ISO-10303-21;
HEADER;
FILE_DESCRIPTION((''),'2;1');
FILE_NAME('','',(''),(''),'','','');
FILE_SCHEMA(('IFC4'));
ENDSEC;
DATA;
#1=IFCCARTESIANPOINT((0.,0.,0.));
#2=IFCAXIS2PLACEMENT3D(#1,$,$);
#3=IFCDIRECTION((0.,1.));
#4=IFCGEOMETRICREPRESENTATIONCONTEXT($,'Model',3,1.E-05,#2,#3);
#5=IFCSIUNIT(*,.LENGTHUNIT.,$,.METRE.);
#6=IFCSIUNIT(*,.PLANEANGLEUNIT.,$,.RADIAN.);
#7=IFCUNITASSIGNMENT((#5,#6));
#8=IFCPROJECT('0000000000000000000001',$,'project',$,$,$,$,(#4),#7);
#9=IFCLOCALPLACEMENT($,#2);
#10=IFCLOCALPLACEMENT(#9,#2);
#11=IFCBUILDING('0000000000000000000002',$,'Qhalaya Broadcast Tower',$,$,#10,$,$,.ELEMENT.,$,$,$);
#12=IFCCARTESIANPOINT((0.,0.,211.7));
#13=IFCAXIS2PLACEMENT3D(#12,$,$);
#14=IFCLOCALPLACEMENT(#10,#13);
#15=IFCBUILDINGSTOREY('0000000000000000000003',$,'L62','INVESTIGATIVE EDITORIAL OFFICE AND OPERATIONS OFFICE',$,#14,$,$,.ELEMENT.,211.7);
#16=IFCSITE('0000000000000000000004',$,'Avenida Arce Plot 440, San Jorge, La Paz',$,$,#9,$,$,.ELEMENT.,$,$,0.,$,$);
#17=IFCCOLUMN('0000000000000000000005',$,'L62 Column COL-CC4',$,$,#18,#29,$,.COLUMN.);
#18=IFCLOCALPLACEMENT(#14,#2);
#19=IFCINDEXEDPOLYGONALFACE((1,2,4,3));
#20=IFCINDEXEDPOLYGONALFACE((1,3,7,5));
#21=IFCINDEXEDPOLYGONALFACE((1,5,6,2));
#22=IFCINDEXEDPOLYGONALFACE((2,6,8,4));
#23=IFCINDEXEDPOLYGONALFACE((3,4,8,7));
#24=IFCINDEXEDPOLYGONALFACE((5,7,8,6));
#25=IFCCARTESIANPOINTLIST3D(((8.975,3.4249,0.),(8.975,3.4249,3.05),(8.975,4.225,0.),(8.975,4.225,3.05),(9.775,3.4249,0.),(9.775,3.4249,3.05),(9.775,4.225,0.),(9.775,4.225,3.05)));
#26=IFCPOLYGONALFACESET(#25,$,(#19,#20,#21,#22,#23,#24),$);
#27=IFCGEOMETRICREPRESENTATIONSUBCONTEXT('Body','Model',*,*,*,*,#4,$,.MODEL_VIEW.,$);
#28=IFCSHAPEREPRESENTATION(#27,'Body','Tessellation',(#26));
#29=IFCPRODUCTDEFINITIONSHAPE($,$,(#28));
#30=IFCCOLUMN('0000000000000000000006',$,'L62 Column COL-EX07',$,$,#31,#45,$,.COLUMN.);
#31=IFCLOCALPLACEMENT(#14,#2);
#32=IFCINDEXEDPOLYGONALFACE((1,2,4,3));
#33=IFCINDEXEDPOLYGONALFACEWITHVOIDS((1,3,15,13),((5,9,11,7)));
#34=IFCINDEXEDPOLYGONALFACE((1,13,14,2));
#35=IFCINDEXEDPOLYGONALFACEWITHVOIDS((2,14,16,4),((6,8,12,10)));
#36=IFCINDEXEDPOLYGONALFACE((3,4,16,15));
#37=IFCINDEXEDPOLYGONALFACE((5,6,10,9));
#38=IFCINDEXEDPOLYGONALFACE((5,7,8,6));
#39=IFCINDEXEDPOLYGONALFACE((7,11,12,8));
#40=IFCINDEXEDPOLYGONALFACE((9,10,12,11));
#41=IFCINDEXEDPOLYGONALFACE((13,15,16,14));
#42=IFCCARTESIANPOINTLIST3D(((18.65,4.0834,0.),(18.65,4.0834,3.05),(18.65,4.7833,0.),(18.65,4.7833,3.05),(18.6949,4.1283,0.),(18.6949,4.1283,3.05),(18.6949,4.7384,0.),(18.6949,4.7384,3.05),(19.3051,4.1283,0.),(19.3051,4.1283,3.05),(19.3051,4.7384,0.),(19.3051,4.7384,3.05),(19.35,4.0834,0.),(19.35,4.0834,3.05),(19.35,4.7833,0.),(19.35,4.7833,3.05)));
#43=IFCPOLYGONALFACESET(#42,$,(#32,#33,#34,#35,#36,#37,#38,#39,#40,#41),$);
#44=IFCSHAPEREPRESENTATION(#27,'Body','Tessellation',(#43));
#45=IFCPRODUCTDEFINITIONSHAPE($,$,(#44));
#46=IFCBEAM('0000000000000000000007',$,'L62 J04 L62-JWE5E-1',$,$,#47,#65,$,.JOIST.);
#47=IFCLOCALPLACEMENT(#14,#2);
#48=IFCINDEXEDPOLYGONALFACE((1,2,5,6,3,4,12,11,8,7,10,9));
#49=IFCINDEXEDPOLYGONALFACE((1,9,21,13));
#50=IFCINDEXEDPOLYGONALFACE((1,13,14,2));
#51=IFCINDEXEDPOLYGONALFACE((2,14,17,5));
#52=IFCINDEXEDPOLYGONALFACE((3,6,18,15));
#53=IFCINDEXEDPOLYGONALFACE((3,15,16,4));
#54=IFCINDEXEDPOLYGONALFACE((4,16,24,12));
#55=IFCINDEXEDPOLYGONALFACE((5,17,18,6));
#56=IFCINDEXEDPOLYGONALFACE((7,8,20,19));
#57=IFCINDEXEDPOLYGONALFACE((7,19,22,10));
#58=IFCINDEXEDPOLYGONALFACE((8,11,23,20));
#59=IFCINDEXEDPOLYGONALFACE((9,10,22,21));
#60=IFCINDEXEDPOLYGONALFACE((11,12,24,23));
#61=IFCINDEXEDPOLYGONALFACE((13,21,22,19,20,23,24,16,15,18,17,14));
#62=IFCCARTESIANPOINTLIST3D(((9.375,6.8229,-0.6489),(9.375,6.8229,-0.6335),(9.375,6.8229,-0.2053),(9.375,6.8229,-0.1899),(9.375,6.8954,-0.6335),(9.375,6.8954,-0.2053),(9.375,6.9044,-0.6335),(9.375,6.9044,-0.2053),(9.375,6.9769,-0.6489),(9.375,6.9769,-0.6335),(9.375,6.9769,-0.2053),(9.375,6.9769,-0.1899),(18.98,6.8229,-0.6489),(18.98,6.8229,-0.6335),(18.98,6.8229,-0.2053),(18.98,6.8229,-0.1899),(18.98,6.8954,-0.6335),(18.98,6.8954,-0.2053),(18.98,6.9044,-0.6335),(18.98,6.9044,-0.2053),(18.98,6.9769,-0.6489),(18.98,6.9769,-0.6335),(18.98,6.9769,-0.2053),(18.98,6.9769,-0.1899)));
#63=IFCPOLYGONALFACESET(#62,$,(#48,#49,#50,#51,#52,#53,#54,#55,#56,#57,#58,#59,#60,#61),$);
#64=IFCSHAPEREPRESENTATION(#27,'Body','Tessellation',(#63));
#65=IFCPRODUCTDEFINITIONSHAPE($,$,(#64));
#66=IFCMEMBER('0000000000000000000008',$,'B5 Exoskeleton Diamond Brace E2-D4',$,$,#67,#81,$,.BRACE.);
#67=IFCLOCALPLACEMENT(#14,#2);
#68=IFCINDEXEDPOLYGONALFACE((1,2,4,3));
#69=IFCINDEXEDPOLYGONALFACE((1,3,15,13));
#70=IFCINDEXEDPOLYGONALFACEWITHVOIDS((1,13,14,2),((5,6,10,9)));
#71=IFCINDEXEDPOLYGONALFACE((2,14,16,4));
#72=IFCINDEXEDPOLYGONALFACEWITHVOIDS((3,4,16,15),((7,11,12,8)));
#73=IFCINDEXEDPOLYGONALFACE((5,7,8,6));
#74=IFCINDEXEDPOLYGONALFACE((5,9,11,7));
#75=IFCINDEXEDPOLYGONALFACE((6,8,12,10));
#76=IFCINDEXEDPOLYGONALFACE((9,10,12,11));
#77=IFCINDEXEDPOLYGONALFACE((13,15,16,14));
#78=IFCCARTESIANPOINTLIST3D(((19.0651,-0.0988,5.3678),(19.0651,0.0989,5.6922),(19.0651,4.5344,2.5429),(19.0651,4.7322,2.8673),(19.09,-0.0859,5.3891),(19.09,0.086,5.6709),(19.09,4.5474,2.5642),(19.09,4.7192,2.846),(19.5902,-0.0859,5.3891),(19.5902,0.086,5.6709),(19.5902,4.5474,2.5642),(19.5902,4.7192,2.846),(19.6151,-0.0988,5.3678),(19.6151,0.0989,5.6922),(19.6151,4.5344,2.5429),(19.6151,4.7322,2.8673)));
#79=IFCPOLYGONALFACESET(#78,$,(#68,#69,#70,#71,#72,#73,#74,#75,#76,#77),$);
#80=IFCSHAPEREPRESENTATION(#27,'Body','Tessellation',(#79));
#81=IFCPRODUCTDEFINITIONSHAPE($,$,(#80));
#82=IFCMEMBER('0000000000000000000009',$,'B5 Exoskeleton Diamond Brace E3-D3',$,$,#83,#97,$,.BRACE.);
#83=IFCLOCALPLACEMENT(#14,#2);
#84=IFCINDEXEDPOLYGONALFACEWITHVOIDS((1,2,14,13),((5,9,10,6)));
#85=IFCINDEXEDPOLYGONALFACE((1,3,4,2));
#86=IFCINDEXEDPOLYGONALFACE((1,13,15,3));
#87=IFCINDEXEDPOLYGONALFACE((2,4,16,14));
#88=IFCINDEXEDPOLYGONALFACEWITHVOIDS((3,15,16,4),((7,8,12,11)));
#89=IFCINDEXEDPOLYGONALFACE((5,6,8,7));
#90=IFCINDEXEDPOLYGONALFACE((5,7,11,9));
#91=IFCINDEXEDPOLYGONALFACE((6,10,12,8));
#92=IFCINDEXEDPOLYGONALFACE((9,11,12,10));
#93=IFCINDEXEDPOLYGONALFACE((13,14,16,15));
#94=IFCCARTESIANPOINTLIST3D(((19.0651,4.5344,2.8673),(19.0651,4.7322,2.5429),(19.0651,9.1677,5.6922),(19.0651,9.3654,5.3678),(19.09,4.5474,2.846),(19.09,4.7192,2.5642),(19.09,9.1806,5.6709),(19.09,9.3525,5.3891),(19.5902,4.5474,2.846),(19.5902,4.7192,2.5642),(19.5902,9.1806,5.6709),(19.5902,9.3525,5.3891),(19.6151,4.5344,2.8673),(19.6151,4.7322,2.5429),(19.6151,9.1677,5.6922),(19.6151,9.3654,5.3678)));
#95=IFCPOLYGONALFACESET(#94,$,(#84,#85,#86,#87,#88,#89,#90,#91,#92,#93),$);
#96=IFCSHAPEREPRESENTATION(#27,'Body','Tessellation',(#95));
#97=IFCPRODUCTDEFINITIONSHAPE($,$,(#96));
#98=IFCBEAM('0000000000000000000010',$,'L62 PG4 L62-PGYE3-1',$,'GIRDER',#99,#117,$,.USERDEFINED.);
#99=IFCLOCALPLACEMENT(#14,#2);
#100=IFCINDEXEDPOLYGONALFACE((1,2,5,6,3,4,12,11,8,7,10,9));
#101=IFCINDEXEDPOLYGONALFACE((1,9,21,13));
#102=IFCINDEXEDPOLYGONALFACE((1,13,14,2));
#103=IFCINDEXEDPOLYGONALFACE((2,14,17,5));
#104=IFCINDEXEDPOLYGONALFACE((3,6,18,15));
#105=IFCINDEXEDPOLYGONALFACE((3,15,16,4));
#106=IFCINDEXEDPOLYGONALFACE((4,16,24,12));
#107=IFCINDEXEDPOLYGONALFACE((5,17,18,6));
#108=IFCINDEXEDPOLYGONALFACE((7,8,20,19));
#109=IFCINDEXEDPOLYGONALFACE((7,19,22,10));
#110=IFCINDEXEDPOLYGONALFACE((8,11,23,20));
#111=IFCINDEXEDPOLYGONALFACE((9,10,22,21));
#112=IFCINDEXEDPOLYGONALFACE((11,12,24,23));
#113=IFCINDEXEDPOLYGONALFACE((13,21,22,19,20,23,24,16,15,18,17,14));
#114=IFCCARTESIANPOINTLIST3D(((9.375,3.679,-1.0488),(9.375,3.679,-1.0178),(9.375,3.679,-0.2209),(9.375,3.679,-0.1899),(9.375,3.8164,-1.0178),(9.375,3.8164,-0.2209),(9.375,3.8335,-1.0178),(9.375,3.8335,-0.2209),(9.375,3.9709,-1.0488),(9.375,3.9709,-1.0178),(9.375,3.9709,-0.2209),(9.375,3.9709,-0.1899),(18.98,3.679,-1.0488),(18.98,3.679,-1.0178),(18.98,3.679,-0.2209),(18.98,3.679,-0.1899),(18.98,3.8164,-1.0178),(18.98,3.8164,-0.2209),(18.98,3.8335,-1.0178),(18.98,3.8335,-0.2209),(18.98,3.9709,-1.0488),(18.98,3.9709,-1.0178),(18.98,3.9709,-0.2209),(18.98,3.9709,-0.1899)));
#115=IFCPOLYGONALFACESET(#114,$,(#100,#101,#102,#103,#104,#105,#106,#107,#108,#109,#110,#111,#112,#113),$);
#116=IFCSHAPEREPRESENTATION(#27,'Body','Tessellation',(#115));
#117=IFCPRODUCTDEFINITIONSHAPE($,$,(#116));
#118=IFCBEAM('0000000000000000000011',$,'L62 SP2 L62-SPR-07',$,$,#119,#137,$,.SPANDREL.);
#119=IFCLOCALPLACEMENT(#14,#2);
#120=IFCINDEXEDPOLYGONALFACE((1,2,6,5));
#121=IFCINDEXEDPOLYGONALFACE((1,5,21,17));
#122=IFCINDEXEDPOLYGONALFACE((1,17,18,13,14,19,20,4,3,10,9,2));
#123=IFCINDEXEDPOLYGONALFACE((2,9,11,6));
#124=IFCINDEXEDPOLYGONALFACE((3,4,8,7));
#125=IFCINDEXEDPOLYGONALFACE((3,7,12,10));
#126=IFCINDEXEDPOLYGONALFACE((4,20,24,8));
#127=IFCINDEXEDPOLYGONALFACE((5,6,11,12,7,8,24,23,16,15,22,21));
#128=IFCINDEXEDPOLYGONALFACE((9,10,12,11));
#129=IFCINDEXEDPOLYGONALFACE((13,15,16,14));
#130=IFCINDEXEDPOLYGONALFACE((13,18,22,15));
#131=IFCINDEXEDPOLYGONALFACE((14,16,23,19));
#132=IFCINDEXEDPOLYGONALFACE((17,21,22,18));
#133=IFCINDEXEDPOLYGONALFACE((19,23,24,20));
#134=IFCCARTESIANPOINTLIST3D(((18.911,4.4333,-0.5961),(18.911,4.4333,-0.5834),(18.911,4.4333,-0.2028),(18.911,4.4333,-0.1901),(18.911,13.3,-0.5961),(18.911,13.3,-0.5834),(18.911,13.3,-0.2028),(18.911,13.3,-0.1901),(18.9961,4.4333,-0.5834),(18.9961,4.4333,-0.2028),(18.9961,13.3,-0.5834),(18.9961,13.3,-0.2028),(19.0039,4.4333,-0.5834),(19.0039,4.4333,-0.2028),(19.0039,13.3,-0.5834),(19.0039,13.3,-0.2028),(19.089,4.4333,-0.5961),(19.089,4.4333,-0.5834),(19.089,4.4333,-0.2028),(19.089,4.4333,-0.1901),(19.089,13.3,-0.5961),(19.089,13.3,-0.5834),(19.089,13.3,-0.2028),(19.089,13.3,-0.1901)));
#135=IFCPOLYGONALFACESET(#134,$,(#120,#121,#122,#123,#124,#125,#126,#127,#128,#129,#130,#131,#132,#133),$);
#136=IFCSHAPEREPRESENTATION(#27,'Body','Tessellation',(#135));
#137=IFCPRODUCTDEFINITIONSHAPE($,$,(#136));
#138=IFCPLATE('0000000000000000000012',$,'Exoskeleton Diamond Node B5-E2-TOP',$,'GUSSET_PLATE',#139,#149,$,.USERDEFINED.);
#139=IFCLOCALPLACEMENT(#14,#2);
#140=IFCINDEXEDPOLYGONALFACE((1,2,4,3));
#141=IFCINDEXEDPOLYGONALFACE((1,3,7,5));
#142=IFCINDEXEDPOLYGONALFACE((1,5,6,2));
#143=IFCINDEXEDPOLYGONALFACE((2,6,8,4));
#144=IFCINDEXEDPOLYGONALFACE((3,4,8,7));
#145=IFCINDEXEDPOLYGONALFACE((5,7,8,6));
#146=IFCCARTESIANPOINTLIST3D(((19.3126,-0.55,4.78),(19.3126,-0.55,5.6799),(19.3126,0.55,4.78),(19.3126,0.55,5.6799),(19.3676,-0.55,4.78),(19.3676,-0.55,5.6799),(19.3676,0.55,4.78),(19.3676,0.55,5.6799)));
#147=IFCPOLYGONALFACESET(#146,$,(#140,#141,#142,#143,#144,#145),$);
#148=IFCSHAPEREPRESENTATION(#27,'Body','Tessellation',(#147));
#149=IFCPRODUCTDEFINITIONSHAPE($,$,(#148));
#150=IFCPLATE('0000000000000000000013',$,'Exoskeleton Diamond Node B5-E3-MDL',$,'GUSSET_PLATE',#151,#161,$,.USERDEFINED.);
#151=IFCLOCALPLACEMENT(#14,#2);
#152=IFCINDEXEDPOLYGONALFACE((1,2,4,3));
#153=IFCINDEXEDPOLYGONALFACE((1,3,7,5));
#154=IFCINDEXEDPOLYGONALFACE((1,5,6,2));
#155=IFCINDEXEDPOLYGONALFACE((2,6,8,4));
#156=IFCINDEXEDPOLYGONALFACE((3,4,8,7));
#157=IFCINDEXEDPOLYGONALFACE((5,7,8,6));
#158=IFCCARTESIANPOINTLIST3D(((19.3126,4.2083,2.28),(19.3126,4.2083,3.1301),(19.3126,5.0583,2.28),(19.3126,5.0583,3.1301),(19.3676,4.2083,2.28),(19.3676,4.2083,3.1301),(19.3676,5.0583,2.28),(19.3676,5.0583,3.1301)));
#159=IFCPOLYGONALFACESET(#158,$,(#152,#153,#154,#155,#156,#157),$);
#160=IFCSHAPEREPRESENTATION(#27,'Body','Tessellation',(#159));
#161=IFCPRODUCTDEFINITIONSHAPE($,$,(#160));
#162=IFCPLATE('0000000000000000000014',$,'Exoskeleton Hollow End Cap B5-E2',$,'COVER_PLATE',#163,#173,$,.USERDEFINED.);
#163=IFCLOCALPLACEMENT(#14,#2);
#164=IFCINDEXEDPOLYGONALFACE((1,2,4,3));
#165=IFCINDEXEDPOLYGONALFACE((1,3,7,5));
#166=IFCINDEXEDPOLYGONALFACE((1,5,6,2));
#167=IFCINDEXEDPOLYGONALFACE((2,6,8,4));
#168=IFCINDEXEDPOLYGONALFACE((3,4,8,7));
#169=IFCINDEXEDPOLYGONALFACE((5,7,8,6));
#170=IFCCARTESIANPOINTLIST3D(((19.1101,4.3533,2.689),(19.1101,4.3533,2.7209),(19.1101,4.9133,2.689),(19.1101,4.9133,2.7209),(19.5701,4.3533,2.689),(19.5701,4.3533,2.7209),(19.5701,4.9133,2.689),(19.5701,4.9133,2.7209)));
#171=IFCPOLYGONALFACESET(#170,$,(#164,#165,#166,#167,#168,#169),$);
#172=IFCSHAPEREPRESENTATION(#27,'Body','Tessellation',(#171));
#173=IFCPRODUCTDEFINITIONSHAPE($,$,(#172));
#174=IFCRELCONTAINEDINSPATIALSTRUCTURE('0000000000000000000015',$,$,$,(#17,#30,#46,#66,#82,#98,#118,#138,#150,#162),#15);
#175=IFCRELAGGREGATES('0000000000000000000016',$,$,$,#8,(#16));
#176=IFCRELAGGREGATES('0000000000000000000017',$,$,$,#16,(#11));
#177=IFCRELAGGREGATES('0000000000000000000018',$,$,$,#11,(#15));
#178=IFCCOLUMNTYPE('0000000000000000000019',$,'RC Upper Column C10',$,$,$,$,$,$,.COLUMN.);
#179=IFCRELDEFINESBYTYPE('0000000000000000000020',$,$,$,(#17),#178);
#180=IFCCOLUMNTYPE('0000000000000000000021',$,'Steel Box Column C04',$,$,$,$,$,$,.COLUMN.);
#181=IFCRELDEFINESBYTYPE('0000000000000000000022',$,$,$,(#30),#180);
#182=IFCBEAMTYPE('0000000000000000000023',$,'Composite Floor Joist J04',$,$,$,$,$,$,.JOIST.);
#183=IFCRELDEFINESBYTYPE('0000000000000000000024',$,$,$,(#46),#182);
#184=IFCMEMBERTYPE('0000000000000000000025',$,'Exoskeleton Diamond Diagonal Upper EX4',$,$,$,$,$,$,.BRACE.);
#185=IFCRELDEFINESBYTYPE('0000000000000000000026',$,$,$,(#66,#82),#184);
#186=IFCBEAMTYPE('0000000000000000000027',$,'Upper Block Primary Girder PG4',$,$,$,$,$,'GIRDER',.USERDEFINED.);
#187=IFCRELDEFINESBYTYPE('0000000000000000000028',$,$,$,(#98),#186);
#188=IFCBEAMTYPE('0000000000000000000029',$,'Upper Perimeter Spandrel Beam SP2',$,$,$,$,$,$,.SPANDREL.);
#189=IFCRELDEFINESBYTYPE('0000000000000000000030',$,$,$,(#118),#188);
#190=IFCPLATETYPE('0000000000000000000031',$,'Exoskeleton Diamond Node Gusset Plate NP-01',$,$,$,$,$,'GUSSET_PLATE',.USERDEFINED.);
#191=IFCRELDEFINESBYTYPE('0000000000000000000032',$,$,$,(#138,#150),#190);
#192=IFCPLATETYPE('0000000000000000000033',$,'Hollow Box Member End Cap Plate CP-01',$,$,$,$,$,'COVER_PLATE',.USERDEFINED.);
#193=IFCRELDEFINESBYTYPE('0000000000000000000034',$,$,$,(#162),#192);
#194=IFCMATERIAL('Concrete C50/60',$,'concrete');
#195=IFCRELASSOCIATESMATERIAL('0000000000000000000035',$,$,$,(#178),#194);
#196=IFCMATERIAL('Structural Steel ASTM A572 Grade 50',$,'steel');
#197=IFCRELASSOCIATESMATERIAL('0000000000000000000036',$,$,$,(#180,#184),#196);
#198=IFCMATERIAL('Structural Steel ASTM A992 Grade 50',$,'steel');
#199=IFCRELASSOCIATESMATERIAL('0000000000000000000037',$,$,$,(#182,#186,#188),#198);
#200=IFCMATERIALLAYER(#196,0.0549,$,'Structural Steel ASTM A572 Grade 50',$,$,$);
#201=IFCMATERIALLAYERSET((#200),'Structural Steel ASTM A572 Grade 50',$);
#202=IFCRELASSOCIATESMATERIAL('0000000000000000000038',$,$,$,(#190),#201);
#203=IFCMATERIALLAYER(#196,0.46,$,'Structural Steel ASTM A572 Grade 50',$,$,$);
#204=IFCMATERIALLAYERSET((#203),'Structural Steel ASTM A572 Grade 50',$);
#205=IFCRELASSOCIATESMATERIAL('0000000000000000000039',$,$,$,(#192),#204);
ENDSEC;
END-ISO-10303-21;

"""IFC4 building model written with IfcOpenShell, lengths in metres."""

from ifc_helpers import new_model, si_unit, direction, frame, origin, origin_2d, place, context, subcontext, project, spatial, rectangle, hollow_rectangle, i_section, extrude, material, layer, layer_set, material_profile, profile_set, type_object, element, save


model = new_model("IFC4")

# Units and contexts
model_context = context("Model", 3, precision=1e-05, world=origin(), true_north=direction((0.0, 1.0)))
body_context = subcontext(model_context, "Body", "Model", "MODEL_VIEW")
ifc_project = project(units=[si_unit("LENGTHUNIT", "METRE"), si_unit("PLANEANGLEUNIT", "RADIAN")], contexts=[model_context])

# Site, building, storey
site_placement = place(None, origin())
site = spatial("IfcSite", under=ifc_project, at=site_placement, Name="Avenida Arce Plot 440, San Jorge, La Paz", CompositionType="ELEMENT", RefElevation=0.0)
building_placement = place(site_placement, origin())
building = spatial("IfcBuilding", under=site, at=building_placement, Name="Qhalaya Broadcast Tower", CompositionType="ELEMENT")
storey_placement = place(building_placement, frame((0.0, 0.0, 211.7)))
storey = spatial("IfcBuildingStorey", under=building, at=storey_placement, Name="L62", Description="INVESTIGATIVE EDITORIAL OFFICE AND OPERATIONS OFFICE", CompositionType="ELEMENT", Elevation=211.7)

# Columns
ifc_material_1 = material(Name="Concrete C50/60", Category="concrete")
ifc_material_profile_1 = material_profile(ifc_material_1, rectangle(XDim=0.8, YDim=0.8, at=origin_2d()), Name="RC-COL 800x800")
ifc_profile_set_1 = profile_set([ifc_material_profile_1], Name="Concrete C50/60")
column_type_1 = type_object("IfcColumnType", Name="RC Upper Column C10", PredefinedType="COLUMN", material=ifc_profile_set_1)
column_1_placement = place(storey_placement, frame((9.375, 3.825, 0.0), z_axis=(0.0, 0.0, 1.0), x_axis=(1.0, 0.0, 0.0)))
element("IfcColumn", 1, at=column_1_placement, inside=storey, type_object=column_type_1, Name="L62 Column COL-CC4", PredefinedType="COLUMN", context=body_context, shape_type="SweptSolid", body=[
    extrude(rectangle(XDim=0.8, YDim=0.8, at=origin_2d()), origin(), (0.0, 0.0, 1.0), 3.05),
])
ifc_material_2 = material(Name="Structural Steel ASTM A572 Grade 50", Category="steel")
ifc_material_profile_2 = material_profile(ifc_material_2, hollow_rectangle(XDim=0.7, YDim=0.7, WallThickness=0.0449, at=origin_2d()), Name="BOX 700x700x45")
ifc_profile_set_2 = profile_set([ifc_material_profile_2], Name="Structural Steel ASTM A572 Grade 50")
column_type_2 = type_object("IfcColumnType", Name="Steel Box Column C04", PredefinedType="COLUMN", material=ifc_profile_set_2)
column_2_placement = place(storey_placement, frame((19.0, 4.4333, 0.0), z_axis=(0.0, 0.0, 1.0), x_axis=(0.0, 1.0, 0.0)))
element("IfcColumn", 2, at=column_2_placement, inside=storey, type_object=column_type_2, Name="L62 Column COL-EX07", PredefinedType="COLUMN", context=body_context, shape_type="SweptSolid", body=[
    extrude(hollow_rectangle(XDim=0.7, YDim=0.7, WallThickness=0.0449, at=origin_2d()), origin(), (0.0, 0.0, 1.0), 3.05),
])

# Beam
ifc_material_3 = material(Name="Structural Steel ASTM A992 Grade 50", Category="steel")
ifc_material_profile_3 = material_profile(ifc_material_3, i_section(OverallWidth=0.1541, OverallDepth=0.459, WebThickness=0.009, FlangeThickness=0.0154, at=origin_2d()), Name="W18X46")
ifc_profile_set_3 = profile_set([ifc_material_profile_3], Name="Structural Steel ASTM A992 Grade 50")
beam_type_1 = type_object("IfcBeamType", Name="Composite Floor Joist J04", PredefinedType="JOIST", material=ifc_profile_set_3)
beam_1_placement = place(storey_placement, frame((9.375, 6.8999, -0.4194), z_axis=(1.0, 0.0, 0.0), x_axis=(0.0, 1.0, 0.0)))
element("IfcBeam", 3, at=beam_1_placement, inside=storey, type_object=beam_type_1, Name="L62 J04 L62-JWE5E-1", PredefinedType="JOIST", context=body_context, shape_type="SweptSolid", body=[
    extrude(i_section(OverallWidth=0.1541, OverallDepth=0.459, WebThickness=0.009, FlangeThickness=0.0154, at=origin_2d()), origin(), (0.0, 0.0, 1.0), 9.605),
])

# Members
ifc_material_profile_4 = material_profile(ifc_material_2, hollow_rectangle(XDim=0.3799, YDim=0.55, WallThickness=0.0249, at=origin_2d()), Name="BOX 380x550x25")
ifc_profile_set_4 = profile_set([ifc_material_profile_4], Name="Structural Steel ASTM A572 Grade 50")
member_type = type_object("IfcMemberType", Name="Exoskeleton Diamond Diagonal Upper EX4", PredefinedType="BRACE", material=ifc_profile_set_4)
for number, where, z_axis, x_axis, name in (
    (4, (19.3401, 4.6333, 2.7051), (0.0, -0.853815, 0.520576), (0.0, 0.520576, 0.853815), "B5 Exoskeleton Diamond Brace E2-D4"),
    (5, (19.3401, 4.6333, 2.7051), (0.0, 0.853815, 0.520576), (0.0, -0.520576, 0.853815), "B5 Exoskeleton Diamond Brace E3-D3"),
):
    element("IfcMember", number, at=place(storey_placement, frame(where, z_axis=z_axis, x_axis=x_axis)), inside=storey, type_object=member_type, Name=name, PredefinedType="BRACE", context=body_context, shape_type="SweptSolid", body=[
        extrude(hollow_rectangle(XDim=0.3799, YDim=0.55, WallThickness=0.0249, at=origin_2d()), origin(), (0.0, 0.0, 1.0), 5.4265),
    ])

# Beams
ifc_material_profile_5 = material_profile(ifc_material_3, i_section(OverallWidth=0.292, OverallDepth=0.8589, WebThickness=0.0171, FlangeThickness=0.031, at=origin_2d()), Name="W33X169")
ifc_profile_set_5 = profile_set([ifc_material_profile_5], Name="Structural Steel ASTM A992 Grade 50")
beam_type_2 = type_object("IfcBeamType", Name="Upper Block Primary Girder PG4", ElementType="GIRDER", PredefinedType="USERDEFINED", material=ifc_profile_set_5)
beam_2_placement = place(storey_placement, frame((9.375, 3.825, -0.6194), z_axis=(1.0, 0.0, 0.0), x_axis=(0.0, 1.0, 0.0)))
element("IfcBeam", 6, at=beam_2_placement, inside=storey, type_object=beam_type_2, Name="L62 PG4 L62-PGYE3-1", ObjectType="GIRDER", PredefinedType="USERDEFINED", context=body_context, shape_type="SweptSolid", body=[
    extrude(i_section(OverallWidth=0.292, OverallDepth=0.8589, WebThickness=0.0171, FlangeThickness=0.031, at=origin_2d()), origin(), (0.0, 0.0, 1.0), 9.605),
])
ifc_material_profile_6 = material_profile(ifc_material_3, i_section(OverallWidth=0.178, OverallDepth=0.406, WebThickness=0.0078, FlangeThickness=0.0127, at=origin_2d()), Name="W16X40")
ifc_profile_set_6 = profile_set([ifc_material_profile_6], Name="Structural Steel ASTM A992 Grade 50")
beam_type_3 = type_object("IfcBeamType", Name="Upper Perimeter Spandrel Beam SP2", PredefinedType="SPANDREL", material=ifc_profile_set_6)
beam_3_placement = place(storey_placement, frame((19.0, 4.4333, -0.3931), z_axis=(0.0, 1.0, 0.0), x_axis=(-1.0, 0.0, 0.0)))
element("IfcBeam", 7, at=beam_3_placement, inside=storey, type_object=beam_type_3, Name="L62 SP2 L62-SPR-07", PredefinedType="SPANDREL", context=body_context, shape_type="SweptSolid", body=[
    extrude(i_section(OverallWidth=0.178, OverallDepth=0.406, WebThickness=0.0078, FlangeThickness=0.0127, at=origin_2d()), origin(), (0.0, 0.0, 1.0), 8.8667),
])

# Plates
ifc_layer_1 = layer(ifc_material_2, 0.0549, Name="Structural Steel ASTM A572 Grade 50")
ifc_layer_set_1 = layer_set([ifc_layer_1], Name="Structural Steel ASTM A572 Grade 50")
plate_type_1 = type_object("IfcPlateType", Name="Exoskeleton Diamond Node Gusset Plate NP-01", ElementType="GUSSET_PLATE", PredefinedType="USERDEFINED", material=ifc_layer_set_1)
plate_1_placement = place(storey_placement, frame((19.3401, 0.0, 4.78), z_axis=(0.0, 0.0, 1.0), x_axis=(0.0, 1.0, 0.0)))
element("IfcPlate", 8, at=plate_1_placement, inside=storey, type_object=plate_type_1, Name="Exoskeleton Diamond Node B5-E2-TOP", ObjectType="GUSSET_PLATE", PredefinedType="USERDEFINED", context=body_context, shape_type="SweptSolid", body=[
    extrude(rectangle(XDim=1.1001, YDim=0.0549, at=origin_2d()), origin(), (0.0, 0.0, 1.0), 0.8999),
])
plate_2_placement = place(storey_placement, frame((19.3401, 4.6333, 2.28), z_axis=(0.0, 0.0, 1.0), x_axis=(0.0, 1.0, 0.0)))
element("IfcPlate", 9, at=plate_2_placement, inside=storey, type_object=plate_type_1, Name="Exoskeleton Diamond Node B5-E3-MDL", ObjectType="GUSSET_PLATE", PredefinedType="USERDEFINED", context=body_context, shape_type="SweptSolid", body=[
    extrude(rectangle(XDim=0.8501, YDim=0.0549, at=origin_2d()), origin(), (0.0, 0.0, 1.0), 0.8501),
])
ifc_layer_2 = layer(ifc_material_2, 0.46, Name="Structural Steel ASTM A572 Grade 50")
ifc_layer_set_2 = layer_set([ifc_layer_2], Name="Structural Steel ASTM A572 Grade 50")
plate_type_2 = type_object("IfcPlateType", Name="Hollow Box Member End Cap Plate CP-01", ElementType="COVER_PLATE", PredefinedType="USERDEFINED", material=ifc_layer_set_2)
plate_3_placement = place(storey_placement, frame((19.3401, 4.6333, 2.689), z_axis=(0.0, 0.0, 1.0), x_axis=(0.0, 1.0, 0.0)))
element("IfcPlate", 10, at=plate_3_placement, inside=storey, type_object=plate_type_2, Name="Exoskeleton Hollow End Cap B5-E2", ObjectType="COVER_PLATE", PredefinedType="USERDEFINED", context=body_context, shape_type="SweptSolid", body=[
    extrude(rectangle(XDim=0.5601, YDim=0.46, at=origin_2d()), origin(), (0.0, 0.0, 1.0), 0.032),
])

save(model, "model.ifc")
